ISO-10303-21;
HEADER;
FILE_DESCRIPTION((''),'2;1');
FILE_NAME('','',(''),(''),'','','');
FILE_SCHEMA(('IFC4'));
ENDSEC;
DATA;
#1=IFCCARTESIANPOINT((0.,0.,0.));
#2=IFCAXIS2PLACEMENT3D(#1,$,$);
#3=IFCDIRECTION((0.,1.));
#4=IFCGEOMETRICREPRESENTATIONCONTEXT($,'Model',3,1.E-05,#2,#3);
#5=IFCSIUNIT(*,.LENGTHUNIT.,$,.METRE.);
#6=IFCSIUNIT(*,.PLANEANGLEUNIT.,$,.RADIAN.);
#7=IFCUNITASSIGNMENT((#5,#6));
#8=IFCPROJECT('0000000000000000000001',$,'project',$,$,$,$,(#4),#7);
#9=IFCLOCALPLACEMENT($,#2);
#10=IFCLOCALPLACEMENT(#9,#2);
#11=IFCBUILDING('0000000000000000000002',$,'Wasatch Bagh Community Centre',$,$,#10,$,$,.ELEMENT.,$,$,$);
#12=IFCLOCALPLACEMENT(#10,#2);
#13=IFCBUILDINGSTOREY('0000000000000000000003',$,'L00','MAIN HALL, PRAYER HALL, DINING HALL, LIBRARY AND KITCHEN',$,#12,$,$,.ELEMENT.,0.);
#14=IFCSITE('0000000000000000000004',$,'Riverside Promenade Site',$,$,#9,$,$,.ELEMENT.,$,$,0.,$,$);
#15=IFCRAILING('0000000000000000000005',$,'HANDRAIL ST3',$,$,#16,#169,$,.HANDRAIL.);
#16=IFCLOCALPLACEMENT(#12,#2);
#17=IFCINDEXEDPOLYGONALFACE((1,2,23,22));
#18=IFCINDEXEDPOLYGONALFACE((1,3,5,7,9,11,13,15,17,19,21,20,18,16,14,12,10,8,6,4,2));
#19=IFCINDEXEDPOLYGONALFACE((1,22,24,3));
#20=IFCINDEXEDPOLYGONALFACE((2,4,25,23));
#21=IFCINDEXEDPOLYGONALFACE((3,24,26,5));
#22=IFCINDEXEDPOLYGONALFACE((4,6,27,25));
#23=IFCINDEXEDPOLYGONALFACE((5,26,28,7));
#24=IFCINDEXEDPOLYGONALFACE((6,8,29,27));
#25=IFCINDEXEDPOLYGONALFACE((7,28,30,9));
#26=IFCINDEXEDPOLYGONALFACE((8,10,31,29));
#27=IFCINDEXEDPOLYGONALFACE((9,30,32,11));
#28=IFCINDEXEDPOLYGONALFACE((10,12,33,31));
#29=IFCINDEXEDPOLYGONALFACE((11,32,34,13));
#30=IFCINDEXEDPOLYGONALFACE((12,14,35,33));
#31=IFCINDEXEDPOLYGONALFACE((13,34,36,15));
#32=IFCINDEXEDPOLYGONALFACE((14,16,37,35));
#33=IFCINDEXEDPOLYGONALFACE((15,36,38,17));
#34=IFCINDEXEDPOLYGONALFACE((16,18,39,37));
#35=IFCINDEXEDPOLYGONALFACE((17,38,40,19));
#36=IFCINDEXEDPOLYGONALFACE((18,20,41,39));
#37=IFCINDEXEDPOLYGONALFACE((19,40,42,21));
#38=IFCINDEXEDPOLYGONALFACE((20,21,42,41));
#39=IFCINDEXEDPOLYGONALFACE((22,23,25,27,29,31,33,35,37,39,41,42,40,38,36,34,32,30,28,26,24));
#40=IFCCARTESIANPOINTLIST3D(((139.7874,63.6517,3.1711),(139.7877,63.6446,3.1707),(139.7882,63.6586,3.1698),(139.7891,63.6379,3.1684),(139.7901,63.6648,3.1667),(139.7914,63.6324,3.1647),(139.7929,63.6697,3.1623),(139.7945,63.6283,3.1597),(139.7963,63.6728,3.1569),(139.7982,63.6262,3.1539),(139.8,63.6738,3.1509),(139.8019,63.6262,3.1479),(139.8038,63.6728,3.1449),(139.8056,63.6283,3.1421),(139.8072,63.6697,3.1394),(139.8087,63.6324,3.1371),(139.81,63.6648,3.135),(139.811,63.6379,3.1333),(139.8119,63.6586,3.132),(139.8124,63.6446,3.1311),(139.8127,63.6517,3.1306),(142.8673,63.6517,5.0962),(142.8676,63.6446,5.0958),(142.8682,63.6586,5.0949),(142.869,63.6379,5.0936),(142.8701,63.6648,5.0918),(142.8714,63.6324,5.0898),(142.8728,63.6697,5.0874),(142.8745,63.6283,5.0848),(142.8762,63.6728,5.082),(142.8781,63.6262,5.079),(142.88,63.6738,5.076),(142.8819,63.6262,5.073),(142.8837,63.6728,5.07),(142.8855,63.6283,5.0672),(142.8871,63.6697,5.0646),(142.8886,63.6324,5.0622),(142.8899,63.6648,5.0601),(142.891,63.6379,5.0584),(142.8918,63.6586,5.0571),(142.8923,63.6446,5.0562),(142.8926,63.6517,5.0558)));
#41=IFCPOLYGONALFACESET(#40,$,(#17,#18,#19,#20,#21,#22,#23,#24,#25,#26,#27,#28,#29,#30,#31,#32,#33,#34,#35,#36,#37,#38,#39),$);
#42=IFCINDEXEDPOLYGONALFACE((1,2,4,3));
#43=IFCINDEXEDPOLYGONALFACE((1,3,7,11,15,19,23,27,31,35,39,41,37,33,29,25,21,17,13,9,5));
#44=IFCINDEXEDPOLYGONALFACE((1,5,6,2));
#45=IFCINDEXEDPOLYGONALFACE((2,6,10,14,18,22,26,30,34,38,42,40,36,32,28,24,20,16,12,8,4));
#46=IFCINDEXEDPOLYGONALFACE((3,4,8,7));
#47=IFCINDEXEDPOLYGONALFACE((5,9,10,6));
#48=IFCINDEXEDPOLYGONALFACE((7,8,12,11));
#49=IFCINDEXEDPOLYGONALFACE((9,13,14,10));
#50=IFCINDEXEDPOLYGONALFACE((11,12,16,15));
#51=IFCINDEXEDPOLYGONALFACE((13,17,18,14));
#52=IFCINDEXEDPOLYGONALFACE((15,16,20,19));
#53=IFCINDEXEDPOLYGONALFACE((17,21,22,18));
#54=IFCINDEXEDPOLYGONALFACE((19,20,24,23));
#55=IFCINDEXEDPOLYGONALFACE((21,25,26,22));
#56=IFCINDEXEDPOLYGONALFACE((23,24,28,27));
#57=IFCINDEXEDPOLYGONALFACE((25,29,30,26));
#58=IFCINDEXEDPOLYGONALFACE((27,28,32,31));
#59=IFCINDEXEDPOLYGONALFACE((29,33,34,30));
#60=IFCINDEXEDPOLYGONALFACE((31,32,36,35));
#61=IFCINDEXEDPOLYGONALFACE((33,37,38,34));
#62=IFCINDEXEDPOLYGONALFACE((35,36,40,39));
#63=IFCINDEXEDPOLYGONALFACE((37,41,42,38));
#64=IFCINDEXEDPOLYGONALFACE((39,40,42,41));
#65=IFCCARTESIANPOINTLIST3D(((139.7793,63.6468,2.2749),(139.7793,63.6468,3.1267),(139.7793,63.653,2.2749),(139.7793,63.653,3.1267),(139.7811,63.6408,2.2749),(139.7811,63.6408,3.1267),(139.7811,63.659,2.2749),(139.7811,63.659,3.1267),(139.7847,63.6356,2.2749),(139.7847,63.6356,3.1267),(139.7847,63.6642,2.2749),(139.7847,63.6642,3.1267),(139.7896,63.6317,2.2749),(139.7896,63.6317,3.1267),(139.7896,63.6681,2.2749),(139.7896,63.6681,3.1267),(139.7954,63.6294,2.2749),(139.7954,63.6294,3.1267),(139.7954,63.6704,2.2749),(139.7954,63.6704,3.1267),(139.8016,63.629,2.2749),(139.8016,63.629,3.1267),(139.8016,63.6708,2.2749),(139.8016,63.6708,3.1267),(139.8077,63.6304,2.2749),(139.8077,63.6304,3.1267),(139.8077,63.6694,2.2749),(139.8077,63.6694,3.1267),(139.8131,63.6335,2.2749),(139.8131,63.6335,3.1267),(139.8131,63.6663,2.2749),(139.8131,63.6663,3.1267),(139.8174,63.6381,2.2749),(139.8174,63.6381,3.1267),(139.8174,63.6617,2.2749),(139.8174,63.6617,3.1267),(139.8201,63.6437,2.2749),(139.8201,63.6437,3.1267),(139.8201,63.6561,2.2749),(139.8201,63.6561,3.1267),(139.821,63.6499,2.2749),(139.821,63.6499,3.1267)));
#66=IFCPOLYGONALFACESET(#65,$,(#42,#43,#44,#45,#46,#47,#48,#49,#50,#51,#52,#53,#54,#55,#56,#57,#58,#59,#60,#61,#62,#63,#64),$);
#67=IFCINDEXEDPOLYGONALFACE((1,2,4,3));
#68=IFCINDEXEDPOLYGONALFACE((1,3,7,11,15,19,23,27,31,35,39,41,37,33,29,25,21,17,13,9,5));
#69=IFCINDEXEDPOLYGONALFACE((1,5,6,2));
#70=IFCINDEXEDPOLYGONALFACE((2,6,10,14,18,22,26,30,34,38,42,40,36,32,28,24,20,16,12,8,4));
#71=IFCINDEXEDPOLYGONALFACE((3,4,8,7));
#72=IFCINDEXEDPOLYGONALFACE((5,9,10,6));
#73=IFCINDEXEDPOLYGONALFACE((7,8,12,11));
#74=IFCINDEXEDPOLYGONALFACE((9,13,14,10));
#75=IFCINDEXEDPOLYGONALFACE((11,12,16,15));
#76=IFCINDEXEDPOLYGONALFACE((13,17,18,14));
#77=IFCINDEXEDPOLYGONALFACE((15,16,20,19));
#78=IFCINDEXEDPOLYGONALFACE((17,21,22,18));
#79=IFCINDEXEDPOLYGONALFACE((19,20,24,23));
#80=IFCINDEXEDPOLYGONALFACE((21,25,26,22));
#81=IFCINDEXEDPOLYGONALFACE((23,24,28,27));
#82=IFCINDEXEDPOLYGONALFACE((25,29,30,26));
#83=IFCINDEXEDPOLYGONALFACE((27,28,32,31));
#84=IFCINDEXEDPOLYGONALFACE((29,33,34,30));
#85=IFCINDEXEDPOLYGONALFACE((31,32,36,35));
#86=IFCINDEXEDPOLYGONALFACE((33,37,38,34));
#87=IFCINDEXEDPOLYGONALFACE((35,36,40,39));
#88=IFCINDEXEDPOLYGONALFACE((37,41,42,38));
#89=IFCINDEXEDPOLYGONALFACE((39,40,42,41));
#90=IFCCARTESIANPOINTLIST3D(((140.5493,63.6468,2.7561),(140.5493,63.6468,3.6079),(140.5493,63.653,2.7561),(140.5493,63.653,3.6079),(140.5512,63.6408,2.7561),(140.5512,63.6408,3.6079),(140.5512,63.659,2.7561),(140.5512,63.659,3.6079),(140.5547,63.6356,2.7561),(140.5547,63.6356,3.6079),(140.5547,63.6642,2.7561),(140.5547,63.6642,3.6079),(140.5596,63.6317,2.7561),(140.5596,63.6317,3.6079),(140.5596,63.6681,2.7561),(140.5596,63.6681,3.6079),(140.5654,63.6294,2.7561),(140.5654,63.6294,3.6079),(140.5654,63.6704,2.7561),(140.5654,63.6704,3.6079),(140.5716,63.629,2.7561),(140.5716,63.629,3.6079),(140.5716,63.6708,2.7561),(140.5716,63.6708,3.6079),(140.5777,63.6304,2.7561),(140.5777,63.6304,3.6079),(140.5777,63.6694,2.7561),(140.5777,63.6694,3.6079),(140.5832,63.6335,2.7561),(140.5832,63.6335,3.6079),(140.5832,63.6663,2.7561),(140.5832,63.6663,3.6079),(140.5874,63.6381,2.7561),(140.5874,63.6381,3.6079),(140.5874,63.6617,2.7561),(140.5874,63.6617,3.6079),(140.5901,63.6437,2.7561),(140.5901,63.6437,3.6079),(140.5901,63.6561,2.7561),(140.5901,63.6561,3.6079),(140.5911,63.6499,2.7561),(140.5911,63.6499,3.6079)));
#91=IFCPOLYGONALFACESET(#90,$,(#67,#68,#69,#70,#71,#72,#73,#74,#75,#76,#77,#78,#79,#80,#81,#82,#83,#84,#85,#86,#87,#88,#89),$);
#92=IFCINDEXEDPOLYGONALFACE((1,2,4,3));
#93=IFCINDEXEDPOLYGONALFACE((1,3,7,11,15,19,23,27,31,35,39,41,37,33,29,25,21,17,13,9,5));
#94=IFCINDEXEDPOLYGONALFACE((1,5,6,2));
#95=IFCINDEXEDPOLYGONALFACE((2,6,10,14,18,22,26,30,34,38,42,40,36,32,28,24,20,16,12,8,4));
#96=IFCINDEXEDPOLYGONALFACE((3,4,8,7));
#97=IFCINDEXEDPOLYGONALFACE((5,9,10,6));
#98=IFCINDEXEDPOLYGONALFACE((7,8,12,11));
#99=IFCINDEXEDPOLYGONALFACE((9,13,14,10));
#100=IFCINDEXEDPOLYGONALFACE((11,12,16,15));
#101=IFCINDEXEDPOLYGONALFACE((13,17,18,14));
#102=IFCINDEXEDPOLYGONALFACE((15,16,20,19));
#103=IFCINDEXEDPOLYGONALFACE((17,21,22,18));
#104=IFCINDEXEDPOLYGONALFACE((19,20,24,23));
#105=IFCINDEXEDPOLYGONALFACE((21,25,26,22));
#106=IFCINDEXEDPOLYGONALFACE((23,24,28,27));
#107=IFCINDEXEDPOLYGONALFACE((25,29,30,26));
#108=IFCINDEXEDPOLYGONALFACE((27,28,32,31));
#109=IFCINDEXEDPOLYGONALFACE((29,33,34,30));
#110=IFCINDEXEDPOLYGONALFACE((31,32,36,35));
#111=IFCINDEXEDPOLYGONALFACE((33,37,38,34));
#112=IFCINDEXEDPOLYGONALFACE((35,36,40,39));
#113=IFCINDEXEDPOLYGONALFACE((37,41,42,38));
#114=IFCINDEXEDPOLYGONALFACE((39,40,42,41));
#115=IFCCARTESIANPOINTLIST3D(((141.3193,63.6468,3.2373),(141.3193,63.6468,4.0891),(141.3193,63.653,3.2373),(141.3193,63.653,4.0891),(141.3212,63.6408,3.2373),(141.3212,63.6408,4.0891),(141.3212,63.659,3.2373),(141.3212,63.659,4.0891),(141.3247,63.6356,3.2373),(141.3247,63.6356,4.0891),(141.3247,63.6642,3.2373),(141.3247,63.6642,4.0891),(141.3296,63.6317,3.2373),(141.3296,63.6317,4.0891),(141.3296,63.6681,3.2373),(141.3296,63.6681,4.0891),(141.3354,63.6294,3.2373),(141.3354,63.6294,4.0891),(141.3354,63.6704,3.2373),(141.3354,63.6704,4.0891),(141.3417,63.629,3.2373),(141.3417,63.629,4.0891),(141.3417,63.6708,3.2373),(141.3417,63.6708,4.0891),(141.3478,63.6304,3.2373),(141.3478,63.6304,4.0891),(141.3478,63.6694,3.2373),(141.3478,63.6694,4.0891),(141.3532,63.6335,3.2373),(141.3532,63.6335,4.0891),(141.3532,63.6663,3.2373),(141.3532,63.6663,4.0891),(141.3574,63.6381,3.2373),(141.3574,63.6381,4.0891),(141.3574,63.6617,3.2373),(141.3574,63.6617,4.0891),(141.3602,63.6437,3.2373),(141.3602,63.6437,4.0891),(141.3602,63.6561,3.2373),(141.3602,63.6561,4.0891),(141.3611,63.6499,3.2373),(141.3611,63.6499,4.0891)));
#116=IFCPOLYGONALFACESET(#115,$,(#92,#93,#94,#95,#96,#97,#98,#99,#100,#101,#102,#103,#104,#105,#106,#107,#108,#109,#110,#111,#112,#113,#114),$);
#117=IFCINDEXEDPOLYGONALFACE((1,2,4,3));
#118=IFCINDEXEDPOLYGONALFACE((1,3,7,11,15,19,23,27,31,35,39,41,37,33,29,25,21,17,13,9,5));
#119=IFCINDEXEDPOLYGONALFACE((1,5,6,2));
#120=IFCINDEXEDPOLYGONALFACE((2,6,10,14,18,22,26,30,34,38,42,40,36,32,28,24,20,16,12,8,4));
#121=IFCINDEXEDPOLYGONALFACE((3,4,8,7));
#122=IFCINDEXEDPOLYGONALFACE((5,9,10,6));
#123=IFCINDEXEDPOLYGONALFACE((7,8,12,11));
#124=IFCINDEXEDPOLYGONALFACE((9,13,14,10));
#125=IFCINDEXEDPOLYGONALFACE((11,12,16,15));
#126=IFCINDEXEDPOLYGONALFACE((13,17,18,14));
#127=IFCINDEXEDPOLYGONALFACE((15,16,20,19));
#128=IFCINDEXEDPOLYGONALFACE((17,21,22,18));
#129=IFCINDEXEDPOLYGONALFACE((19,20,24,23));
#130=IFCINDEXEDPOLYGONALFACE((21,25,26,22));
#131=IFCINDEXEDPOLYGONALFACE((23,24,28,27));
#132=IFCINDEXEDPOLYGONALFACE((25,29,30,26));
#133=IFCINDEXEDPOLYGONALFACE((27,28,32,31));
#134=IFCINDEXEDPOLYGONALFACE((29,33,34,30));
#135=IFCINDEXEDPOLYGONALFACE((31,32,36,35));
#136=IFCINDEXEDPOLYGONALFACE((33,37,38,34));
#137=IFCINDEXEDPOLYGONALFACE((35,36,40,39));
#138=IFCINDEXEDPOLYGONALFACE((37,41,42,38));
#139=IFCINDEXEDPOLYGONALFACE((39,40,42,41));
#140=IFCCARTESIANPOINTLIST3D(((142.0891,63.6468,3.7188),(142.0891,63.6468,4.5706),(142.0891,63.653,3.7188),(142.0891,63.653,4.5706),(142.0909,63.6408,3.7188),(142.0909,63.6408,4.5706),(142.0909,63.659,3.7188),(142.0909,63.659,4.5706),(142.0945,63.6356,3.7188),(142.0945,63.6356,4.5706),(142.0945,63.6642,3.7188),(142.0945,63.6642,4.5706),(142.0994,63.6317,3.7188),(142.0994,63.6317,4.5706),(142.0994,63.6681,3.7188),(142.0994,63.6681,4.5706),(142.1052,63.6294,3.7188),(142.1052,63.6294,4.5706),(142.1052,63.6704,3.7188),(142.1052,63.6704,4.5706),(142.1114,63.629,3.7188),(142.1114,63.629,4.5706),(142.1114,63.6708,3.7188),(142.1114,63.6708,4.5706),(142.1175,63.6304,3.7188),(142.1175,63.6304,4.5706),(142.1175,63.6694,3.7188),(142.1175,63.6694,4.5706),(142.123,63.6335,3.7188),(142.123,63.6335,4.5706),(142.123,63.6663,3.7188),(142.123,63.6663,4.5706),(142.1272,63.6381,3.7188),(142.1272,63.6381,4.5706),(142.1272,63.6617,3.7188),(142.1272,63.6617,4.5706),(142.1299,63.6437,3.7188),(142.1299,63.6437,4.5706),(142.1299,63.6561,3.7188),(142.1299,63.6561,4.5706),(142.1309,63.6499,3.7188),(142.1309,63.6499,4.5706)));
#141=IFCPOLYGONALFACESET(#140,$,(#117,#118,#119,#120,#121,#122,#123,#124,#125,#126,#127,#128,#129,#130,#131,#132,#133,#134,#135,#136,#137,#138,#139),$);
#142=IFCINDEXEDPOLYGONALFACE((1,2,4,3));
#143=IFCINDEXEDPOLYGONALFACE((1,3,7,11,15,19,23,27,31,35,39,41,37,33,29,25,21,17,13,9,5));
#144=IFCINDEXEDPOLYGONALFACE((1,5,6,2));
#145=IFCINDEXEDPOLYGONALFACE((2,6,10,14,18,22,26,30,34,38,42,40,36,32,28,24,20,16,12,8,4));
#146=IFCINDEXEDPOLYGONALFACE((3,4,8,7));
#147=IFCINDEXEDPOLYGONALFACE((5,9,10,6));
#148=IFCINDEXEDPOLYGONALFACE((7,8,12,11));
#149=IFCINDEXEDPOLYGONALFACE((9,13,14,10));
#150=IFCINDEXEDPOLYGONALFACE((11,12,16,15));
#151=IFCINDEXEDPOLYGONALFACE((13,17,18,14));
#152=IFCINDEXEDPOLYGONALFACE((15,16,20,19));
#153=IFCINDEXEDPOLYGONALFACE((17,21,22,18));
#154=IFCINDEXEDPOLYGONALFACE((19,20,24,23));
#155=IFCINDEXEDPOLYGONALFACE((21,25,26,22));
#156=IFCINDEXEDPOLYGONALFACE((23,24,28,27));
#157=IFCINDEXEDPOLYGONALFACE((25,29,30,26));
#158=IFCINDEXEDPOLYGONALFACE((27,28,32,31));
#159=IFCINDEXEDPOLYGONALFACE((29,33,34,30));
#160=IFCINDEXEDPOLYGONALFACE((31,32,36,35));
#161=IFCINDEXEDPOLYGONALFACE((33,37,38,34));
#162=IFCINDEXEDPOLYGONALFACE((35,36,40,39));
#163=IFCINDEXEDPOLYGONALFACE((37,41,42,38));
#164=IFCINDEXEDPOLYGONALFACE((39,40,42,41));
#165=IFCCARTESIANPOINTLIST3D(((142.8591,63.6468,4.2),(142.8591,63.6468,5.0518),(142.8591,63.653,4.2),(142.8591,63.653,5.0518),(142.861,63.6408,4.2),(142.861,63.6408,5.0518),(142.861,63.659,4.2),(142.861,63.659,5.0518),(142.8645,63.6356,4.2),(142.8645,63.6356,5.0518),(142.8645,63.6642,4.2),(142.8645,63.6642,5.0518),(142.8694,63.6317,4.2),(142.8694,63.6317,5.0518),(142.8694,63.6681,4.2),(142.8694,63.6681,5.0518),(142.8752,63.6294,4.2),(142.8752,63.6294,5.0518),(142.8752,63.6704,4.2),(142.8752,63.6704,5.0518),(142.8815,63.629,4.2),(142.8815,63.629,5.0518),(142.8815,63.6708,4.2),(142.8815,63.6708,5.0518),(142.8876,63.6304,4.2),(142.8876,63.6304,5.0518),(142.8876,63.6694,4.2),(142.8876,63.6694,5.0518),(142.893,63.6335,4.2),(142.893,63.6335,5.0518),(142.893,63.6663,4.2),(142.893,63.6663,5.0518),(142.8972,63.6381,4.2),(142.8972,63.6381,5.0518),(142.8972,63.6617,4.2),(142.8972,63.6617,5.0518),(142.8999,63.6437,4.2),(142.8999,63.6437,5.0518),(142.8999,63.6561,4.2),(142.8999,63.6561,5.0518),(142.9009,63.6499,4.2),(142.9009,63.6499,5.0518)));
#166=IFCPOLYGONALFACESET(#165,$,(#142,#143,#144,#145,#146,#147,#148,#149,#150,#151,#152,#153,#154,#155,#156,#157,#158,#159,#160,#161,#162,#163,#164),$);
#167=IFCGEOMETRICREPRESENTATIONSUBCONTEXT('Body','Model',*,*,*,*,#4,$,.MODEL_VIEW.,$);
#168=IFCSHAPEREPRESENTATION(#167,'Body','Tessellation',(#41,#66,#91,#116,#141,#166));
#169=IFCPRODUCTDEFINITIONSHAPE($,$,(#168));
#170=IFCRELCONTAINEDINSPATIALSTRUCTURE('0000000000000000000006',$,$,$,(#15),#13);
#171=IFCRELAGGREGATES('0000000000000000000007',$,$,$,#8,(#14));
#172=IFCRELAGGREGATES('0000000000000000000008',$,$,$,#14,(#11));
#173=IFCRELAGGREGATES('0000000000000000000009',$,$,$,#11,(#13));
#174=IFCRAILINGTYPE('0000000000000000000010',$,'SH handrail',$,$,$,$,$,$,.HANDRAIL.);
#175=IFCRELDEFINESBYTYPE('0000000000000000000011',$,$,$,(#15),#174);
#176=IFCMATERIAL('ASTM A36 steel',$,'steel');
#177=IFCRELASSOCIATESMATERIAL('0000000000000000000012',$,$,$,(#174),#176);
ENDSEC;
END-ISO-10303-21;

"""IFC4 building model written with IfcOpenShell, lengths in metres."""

from ifc_helpers import new_model, si_unit, direction, frame, origin, origin_2d, place, context, subcontext, project, spatial, circle, extrude, material, type_object, element, save


model = new_model("IFC4")

# Units and contexts
model_context = context("Model", 3, precision=1e-05, world=origin(), true_north=direction((0.0, 1.0)))
body_context = subcontext(model_context, "Body", "Model", "MODEL_VIEW")
ifc_project = project(units=[si_unit("LENGTHUNIT", "METRE"), si_unit("PLANEANGLEUNIT", "RADIAN")], contexts=[model_context])

# Site, building, storey
site_placement = place(None, origin())
site = spatial("IfcSite", under=ifc_project, at=site_placement, Name="Riverside Promenade Site", CompositionType="ELEMENT", RefElevation=0.0)
building_placement = place(site_placement, origin())
building = spatial("IfcBuilding", under=site, at=building_placement, Name="Wasatch Bagh Community Centre", CompositionType="ELEMENT")
storey_placement = place(building_placement, origin())
storey = spatial("IfcBuildingStorey", under=building, at=storey_placement, Name="L00", Description="MAIN HALL, PRAYER HALL, DINING HALL, LIBRARY AND KITCHEN", CompositionType="ELEMENT", Elevation=0.0)

# Railing
ifc_material_1 = material(Name="ASTM A36 steel", Category="steel")
railing_type_1 = type_object("IfcRailingType", Name="SH handrail", PredefinedType="HANDRAIL", material=ifc_material_1)
for number, where, name in (
    (1, (139.8, 63.6499, 2.2749), "HANDRAIL ST3"),
):
    element("IfcRailing", number, at=place(storey_placement, frame(where)), inside=storey, type_object=railing_type_1, Name=name, PredefinedType="HANDRAIL", context=body_context, shape_type="SweptSolid", body=[
        extrude(circle(Radius=0.0239, at=origin_2d()), frame((0.0, 0.0, 0.876), z_axis=(0.847979, 0.0, 0.530029), x_axis=(0.0, 1.0, 0.0)), (0.0, 0.0, 1.0), 3.6321),
        extrude(circle(Radius=0.021, at=origin_2d()), origin(), (0.0, 0.0, 1.0), 0.8518),
        extrude(circle(Radius=0.021, at=origin_2d()), frame((0.77, 0.0, 0.4812)), (0.0, 0.0, 1.0), 0.8518),
        extrude(circle(Radius=0.021, at=origin_2d()), frame((1.54, 0.0, 0.9624)), (0.0, 0.0, 1.0), 0.8518),
        extrude(circle(Radius=0.021, at=origin_2d()), frame((2.3098, 0.0, 1.4438)), (0.0, 0.0, 1.0), 0.8518),
        extrude(circle(Radius=0.021, at=origin_2d()), frame((3.0798, 0.0, 1.925)), (0.0, 0.0, 1.0), 0.8518),
    ])

save(model, "model.ifc")
